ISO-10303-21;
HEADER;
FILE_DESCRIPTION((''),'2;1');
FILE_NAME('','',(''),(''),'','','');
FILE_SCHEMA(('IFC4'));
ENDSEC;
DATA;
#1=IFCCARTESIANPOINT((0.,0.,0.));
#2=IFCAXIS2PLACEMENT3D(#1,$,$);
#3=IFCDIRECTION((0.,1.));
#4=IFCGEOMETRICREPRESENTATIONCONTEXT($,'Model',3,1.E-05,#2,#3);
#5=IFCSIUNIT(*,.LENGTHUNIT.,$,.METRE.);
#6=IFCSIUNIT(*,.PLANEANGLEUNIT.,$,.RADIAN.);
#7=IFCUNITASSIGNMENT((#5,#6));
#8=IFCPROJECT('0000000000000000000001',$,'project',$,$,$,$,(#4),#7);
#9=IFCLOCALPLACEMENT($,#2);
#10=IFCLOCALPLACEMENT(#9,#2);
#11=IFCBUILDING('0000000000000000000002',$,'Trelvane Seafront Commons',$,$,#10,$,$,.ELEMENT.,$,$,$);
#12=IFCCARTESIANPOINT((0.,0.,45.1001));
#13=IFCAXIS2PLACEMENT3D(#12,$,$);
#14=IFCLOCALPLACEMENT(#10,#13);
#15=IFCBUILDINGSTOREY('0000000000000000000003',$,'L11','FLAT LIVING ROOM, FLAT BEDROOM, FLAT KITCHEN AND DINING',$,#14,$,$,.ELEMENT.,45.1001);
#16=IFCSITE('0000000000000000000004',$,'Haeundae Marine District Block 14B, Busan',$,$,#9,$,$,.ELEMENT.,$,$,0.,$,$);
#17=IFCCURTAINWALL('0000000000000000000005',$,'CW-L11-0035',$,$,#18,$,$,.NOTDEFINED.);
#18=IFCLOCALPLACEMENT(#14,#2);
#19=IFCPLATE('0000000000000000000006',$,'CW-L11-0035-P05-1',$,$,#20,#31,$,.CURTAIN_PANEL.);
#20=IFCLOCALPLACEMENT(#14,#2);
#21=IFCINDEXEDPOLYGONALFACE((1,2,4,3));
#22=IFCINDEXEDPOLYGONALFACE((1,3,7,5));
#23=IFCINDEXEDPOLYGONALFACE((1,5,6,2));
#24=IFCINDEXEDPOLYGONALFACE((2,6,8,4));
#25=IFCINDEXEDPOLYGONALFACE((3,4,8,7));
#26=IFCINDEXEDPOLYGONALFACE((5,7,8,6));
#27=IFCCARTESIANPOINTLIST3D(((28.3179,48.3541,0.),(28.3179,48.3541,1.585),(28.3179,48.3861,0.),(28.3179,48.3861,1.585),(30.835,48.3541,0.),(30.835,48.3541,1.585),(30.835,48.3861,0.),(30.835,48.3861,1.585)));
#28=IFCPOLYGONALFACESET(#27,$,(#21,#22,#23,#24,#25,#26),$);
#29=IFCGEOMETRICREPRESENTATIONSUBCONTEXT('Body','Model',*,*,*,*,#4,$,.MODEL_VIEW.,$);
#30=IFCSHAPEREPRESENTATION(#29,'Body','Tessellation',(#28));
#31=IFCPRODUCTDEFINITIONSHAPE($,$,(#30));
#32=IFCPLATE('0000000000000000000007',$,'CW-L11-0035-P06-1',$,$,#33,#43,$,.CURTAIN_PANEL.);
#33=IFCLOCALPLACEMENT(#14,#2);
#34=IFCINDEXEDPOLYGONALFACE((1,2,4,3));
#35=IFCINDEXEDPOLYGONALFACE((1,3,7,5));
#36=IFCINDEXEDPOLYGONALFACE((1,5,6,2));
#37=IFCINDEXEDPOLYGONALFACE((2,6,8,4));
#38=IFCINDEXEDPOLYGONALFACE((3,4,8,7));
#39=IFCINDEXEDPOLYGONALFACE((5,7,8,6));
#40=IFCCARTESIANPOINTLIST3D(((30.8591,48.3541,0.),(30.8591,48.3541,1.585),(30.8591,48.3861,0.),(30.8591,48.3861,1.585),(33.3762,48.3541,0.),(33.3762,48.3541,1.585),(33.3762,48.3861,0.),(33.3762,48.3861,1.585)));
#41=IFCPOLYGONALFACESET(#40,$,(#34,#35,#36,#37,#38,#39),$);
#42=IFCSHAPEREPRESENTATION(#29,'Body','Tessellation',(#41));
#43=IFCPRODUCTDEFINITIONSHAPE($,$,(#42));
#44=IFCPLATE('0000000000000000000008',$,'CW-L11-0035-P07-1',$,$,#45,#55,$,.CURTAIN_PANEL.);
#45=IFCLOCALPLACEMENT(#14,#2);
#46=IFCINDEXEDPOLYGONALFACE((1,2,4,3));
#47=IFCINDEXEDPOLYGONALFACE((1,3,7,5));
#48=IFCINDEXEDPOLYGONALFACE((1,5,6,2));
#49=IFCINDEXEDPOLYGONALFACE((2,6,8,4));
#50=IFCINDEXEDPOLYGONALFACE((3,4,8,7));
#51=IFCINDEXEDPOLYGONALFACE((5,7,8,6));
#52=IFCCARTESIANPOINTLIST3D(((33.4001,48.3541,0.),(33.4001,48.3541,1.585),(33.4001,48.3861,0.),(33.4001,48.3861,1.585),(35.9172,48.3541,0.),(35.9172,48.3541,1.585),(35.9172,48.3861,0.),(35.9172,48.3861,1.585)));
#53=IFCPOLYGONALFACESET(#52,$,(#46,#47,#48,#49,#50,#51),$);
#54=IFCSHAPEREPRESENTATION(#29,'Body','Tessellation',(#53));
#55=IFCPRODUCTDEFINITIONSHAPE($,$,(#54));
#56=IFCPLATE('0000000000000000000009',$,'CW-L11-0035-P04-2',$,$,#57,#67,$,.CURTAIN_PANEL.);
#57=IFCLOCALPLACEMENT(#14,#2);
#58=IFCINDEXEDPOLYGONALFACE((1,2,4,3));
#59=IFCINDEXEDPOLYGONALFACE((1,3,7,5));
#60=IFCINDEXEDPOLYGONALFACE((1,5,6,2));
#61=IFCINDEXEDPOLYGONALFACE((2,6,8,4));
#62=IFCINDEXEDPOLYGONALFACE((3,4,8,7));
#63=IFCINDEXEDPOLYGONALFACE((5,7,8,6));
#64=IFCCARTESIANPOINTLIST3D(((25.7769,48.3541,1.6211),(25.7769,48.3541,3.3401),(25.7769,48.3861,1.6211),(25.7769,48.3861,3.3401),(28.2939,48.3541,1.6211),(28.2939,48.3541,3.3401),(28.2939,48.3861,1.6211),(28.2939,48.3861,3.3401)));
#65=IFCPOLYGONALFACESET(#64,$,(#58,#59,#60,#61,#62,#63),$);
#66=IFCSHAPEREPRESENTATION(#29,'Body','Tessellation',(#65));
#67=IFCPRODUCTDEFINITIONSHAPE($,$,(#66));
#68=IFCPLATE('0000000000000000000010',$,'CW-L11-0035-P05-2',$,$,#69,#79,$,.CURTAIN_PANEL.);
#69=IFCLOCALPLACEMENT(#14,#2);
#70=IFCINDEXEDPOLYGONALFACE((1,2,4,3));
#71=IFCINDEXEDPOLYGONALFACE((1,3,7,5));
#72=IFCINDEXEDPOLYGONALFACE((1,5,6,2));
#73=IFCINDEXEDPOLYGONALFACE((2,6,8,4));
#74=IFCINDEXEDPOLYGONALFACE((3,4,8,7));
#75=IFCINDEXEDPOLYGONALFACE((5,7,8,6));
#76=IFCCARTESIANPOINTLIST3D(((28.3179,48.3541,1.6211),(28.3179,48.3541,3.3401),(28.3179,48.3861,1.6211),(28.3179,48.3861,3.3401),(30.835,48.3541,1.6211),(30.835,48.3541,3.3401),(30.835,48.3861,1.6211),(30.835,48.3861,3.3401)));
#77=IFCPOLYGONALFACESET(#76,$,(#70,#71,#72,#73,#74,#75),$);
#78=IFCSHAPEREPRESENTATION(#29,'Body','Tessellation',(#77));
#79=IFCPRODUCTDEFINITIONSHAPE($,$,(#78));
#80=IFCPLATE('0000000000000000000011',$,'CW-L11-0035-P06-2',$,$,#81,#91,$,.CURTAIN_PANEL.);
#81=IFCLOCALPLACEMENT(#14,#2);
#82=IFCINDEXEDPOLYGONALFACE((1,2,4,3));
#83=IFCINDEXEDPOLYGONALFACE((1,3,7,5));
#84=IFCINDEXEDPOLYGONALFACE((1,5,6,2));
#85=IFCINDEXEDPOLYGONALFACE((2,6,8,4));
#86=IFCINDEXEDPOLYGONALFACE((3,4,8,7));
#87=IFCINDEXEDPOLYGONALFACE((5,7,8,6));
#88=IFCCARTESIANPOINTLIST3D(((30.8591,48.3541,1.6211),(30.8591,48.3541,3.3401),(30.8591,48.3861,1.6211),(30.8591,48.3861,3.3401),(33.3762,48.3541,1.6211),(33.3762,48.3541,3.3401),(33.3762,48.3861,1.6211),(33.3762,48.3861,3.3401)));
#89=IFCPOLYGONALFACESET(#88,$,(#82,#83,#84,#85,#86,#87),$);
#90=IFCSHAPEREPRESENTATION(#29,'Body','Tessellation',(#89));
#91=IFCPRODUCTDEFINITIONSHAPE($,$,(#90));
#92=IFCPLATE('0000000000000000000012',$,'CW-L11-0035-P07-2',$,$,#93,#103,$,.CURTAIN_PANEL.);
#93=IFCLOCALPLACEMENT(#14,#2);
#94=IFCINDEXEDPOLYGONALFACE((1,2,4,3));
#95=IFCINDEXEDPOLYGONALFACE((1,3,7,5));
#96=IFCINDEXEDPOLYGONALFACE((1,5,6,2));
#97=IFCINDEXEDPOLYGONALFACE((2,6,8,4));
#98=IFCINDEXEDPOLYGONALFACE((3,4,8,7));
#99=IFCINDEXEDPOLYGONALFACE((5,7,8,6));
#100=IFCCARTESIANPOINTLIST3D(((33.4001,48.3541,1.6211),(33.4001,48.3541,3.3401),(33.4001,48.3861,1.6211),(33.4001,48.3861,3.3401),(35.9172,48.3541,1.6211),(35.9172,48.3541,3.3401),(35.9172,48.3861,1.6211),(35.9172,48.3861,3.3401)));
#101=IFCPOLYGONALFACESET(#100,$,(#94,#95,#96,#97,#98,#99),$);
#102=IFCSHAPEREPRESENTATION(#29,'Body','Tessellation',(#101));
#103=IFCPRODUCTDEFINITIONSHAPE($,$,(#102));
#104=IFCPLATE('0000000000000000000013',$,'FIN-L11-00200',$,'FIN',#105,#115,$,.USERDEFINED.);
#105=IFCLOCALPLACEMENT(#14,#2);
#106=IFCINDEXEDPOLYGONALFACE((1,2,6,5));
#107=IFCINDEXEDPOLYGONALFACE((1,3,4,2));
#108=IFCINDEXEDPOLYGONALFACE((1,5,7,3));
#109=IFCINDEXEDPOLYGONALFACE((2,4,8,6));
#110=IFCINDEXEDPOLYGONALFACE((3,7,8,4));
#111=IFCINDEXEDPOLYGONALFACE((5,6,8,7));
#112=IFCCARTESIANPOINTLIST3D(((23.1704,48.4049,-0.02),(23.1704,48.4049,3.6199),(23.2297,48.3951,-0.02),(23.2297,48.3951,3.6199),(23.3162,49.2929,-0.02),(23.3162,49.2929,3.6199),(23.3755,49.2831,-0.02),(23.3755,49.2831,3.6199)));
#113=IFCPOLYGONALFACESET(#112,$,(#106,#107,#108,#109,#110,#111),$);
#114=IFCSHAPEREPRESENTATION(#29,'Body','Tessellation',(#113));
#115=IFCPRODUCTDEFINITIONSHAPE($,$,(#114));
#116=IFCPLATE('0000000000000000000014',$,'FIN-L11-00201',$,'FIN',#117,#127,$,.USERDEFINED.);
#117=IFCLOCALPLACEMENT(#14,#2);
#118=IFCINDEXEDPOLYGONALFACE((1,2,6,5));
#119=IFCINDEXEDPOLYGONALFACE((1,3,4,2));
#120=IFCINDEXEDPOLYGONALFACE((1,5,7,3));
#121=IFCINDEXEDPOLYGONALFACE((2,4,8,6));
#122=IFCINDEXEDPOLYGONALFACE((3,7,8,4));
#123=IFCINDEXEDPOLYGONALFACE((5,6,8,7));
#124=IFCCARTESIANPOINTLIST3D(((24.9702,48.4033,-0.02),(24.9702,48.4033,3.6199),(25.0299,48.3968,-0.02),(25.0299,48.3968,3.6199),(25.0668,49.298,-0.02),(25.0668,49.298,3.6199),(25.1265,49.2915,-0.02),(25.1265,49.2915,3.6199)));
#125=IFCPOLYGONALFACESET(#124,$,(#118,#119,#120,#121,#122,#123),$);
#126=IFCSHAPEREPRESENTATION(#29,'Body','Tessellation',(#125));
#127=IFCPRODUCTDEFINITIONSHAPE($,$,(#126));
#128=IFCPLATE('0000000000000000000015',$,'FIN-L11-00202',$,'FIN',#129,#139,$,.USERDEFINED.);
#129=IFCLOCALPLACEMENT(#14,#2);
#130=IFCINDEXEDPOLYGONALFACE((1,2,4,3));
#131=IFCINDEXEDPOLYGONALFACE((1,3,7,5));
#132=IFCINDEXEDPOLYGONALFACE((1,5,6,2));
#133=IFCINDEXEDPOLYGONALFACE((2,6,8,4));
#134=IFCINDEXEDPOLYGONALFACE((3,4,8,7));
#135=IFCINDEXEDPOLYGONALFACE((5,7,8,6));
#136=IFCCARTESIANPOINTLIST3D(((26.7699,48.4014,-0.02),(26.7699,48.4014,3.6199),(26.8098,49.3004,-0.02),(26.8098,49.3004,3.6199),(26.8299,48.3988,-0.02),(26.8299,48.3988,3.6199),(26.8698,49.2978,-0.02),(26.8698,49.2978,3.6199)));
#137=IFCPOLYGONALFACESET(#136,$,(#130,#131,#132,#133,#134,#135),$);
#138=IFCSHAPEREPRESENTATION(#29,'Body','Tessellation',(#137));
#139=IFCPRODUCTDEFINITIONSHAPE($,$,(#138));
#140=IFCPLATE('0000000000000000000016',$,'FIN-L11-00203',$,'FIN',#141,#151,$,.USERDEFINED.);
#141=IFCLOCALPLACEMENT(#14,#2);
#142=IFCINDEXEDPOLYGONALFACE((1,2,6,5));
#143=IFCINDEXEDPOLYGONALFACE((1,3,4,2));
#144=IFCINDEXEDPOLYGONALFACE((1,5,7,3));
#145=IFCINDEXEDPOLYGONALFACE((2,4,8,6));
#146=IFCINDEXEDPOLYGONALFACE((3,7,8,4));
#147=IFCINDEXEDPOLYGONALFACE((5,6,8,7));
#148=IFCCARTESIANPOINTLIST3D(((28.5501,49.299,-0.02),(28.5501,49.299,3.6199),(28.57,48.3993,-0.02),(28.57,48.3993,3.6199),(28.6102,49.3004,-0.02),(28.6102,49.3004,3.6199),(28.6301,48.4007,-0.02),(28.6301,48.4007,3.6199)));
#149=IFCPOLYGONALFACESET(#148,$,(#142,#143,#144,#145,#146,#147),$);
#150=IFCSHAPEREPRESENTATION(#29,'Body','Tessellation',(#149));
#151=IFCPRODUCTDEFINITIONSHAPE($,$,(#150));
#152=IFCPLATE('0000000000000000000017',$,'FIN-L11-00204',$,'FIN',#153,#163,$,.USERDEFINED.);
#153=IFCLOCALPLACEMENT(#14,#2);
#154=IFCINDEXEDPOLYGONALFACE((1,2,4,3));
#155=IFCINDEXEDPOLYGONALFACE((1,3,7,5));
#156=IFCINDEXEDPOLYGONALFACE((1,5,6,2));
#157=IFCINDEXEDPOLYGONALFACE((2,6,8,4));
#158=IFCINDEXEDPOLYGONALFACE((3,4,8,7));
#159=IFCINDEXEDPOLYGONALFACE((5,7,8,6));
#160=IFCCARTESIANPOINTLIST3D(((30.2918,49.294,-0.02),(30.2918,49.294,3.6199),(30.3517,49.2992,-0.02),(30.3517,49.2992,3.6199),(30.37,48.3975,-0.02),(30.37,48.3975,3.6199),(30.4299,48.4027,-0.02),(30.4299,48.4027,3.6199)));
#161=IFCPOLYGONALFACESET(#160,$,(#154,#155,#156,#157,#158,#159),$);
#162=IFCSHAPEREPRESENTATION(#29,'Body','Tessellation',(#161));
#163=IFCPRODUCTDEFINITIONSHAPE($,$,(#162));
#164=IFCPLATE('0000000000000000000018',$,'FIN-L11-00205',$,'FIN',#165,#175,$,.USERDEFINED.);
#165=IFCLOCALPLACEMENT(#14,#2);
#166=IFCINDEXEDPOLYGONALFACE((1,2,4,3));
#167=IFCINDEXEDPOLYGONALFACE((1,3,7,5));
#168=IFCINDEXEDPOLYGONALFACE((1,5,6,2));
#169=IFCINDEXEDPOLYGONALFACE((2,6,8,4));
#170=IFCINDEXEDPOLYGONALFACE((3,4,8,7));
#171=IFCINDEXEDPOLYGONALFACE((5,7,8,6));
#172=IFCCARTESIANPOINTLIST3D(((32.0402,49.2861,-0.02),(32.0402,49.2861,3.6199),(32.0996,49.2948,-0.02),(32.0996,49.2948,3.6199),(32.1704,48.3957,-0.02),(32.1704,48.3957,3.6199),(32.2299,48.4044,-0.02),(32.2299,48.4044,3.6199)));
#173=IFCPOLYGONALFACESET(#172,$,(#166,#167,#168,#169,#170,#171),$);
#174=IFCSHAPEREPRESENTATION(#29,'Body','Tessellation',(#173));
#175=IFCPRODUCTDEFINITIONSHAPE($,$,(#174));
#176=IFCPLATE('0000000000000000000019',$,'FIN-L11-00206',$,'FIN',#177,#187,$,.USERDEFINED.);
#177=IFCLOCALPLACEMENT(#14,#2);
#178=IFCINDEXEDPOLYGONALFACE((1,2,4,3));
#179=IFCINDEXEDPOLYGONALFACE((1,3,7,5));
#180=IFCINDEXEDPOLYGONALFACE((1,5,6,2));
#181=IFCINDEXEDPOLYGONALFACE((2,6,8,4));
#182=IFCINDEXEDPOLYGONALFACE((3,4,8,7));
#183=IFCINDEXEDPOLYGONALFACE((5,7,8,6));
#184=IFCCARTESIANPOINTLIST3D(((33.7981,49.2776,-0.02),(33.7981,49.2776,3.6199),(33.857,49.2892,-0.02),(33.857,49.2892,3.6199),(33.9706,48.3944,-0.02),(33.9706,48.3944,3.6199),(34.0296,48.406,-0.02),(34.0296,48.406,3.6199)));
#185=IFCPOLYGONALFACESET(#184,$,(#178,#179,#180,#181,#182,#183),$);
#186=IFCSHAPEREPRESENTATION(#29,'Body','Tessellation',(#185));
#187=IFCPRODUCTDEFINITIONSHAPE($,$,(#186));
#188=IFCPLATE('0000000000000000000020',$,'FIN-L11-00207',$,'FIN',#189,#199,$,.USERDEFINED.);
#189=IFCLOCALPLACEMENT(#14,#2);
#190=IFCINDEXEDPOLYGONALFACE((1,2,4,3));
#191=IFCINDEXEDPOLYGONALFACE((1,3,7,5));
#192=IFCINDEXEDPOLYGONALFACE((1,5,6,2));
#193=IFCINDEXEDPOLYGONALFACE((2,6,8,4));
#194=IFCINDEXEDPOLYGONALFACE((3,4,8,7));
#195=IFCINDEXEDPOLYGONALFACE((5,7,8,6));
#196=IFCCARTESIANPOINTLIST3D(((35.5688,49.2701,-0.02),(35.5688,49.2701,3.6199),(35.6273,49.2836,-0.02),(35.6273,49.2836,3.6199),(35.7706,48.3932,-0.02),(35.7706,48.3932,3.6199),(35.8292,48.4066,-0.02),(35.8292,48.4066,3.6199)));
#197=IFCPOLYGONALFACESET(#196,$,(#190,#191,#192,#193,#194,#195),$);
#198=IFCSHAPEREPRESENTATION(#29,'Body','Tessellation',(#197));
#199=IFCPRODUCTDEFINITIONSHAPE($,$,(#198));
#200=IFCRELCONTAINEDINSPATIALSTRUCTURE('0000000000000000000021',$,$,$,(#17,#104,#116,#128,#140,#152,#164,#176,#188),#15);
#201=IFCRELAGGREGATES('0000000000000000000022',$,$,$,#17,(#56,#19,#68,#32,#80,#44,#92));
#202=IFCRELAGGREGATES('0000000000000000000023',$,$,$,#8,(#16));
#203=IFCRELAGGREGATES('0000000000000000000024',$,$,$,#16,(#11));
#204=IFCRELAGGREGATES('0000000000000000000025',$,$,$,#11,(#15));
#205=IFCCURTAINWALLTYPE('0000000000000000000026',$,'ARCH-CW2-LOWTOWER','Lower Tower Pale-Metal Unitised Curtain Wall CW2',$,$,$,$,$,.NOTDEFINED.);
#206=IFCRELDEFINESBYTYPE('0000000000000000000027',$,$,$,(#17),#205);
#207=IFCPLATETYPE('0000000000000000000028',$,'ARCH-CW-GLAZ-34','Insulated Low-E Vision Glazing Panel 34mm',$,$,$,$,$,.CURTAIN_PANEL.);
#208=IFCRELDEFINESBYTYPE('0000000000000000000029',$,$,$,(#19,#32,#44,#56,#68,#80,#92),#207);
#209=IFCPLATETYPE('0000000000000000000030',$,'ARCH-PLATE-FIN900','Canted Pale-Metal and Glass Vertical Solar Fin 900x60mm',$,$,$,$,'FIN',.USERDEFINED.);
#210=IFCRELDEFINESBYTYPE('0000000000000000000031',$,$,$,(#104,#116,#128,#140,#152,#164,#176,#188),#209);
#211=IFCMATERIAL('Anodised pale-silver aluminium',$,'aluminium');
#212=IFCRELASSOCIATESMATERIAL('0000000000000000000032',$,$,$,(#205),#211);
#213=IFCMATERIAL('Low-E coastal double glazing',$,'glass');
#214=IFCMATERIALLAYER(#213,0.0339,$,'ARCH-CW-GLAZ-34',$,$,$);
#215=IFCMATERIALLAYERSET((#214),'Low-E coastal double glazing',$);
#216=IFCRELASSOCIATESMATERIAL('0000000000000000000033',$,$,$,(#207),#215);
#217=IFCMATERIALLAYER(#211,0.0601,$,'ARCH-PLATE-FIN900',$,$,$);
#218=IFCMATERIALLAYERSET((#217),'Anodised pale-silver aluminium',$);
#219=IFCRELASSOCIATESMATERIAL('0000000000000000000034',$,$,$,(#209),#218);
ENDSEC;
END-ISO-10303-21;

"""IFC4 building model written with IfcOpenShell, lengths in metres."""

from ifc_helpers import new_model, si_unit, direction, frame, origin, origin_2d, place, context, subcontext, project, spatial, rectangle, extrude, source, transform, mapped, material, layer, layer_set, type_object, element, aggregate, save


model = new_model("IFC4")

# Units and contexts
model_context = context("Model", 3, precision=1e-05, world=origin(), true_north=direction((0.0, 1.0)))
body_context = subcontext(model_context, "Body", "Model", "MODEL_VIEW")
ifc_project = project(units=[si_unit("LENGTHUNIT", "METRE"), si_unit("PLANEANGLEUNIT", "RADIAN")], contexts=[model_context])

# Site, building, storey
site_placement = place(None, origin())
site = spatial("IfcSite", under=ifc_project, at=site_placement, Name="Haeundae Marine District Block 14B, Busan", CompositionType="ELEMENT", RefElevation=0.0)
building_placement = place(site_placement, origin())
building = spatial("IfcBuilding", under=site, at=building_placement, Name="Trelvane Seafront Commons", CompositionType="ELEMENT")
storey_placement = place(building_placement, frame((0.0, 0.0, 45.1001)))
storey = spatial("IfcBuildingStorey", under=building, at=storey_placement, Name="L11", Description="FLAT LIVING ROOM, FLAT BEDROOM, FLAT KITCHEN AND DINING", CompositionType="ELEMENT", Elevation=45.1001)

# Curtain wall, plates
ifc_material_1 = material(Name="Anodised pale-silver aluminium", Category="aluminium")
curtain_wall_type = type_object("IfcCurtainWallType", Name="ARCH-CW2-LOWTOWER", Description="Lower Tower Pale-Metal Unitised Curtain Wall CW2", PredefinedType="NOTDEFINED", material=ifc_material_1)
curtain_wall_placement = place(storey_placement, origin())
curtain_wall = element("IfcCurtainWall", 1, at=curtain_wall_placement, inside=storey, type_object=curtain_wall_type, Name="CW-L11-0035", PredefinedType="NOTDEFINED")
ifc_material_2 = material(Name="Low-E coastal double glazing", Category="glass")
ifc_layer_1 = layer(ifc_material_2, 0.0339, Name="ARCH-CW-GLAZ-34")
ifc_layer_set_1 = layer_set([ifc_layer_1], Name="Low-E coastal double glazing")
plate_type_1 = type_object("IfcPlateType", Name="ARCH-CW-GLAZ-34", Description="Insulated Low-E Vision Glazing Panel 34mm", PredefinedType="CURTAIN_PANEL", material=ifc_layer_set_1)
shared_shape_1 = source(origin(), body_context, "Body", "SweptSolid", [
    extrude(rectangle(XDim=2.5171, YDim=0.032, at=origin_2d()), origin(), (0.0, 0.0, 1.0), 1.585),
])
plate_1_placement = place(storey_placement, frame((29.5764, 48.3701, 0.0), z_axis=(0.0, 0.0, 1.0), x_axis=(1.0, 0.0, 0.0)))
plate_1 = element("IfcPlate", 2, at=plate_1_placement, type_object=plate_type_1, Name="CW-L11-0035-P05-1", PredefinedType="CURTAIN_PANEL", context=body_context, shape_type="MappedRepresentation", body=[
    mapped(shared_shape_1, transform((0.0, 0.0, 0.0), x_axis=(1.0, 0.0, 0.0), y_axis=(0.0, 1.0, 0.0), z_axis=(0.0, 0.0, 1.0), scale=1.0)),
])
plate_2_placement = place(storey_placement, frame((32.1177, 48.3701, 0.0), z_axis=(0.0, 0.0, 1.0), x_axis=(1.0, 0.0, 0.0)))
plate_2 = element("IfcPlate", 3, at=plate_2_placement, type_object=plate_type_1, Name="CW-L11-0035-P06-1", PredefinedType="CURTAIN_PANEL", context=body_context, shape_type="MappedRepresentation", body=[
    mapped(shared_shape_1, transform((0.0, 0.0, 0.0), x_axis=(1.0, 0.0, 0.0), y_axis=(0.0, 1.0, 0.0), z_axis=(0.0, 0.0, 1.0), scale=1.0)),
])
plate_3_placement = place(storey_placement, frame((34.6587, 48.3701, 0.0), z_axis=(0.0, 0.0, 1.0), x_axis=(1.0, 0.0, 0.0)))
plate_3 = element("IfcPlate", 4, at=plate_3_placement, type_object=plate_type_1, Name="CW-L11-0035-P07-1", PredefinedType="CURTAIN_PANEL", context=body_context, shape_type="MappedRepresentation", body=[
    mapped(shared_shape_1, transform((0.0, 0.0, 0.0), x_axis=(1.0, 0.0, 0.0), y_axis=(0.0, 1.0, 0.0), z_axis=(0.0, 0.0, 1.0), scale=1.0)),
])
shared_shape_2 = source(origin(), body_context, "Body", "SweptSolid", [
    extrude(rectangle(XDim=2.5171, YDim=0.032, at=origin_2d()), origin(), (0.0, 0.0, 1.0), 1.719),
])
plate_4_placement = place(storey_placement, frame((27.0354, 48.3701, 1.6211), z_axis=(0.0, 0.0, 1.0), x_axis=(1.0, 0.0, 0.0)))
plate_4 = element("IfcPlate", 5, at=plate_4_placement, type_object=plate_type_1, Name="CW-L11-0035-P04-2", PredefinedType="CURTAIN_PANEL", context=body_context, shape_type="MappedRepresentation", body=[
    mapped(shared_shape_2, transform((0.0, 0.0, 0.0), x_axis=(1.0, 0.0, 0.0), y_axis=(0.0, 1.0, 0.0), z_axis=(0.0, 0.0, 1.0), scale=1.0)),
])
plate_5_placement = place(storey_placement, frame((29.5764, 48.3701, 1.6211), z_axis=(0.0, 0.0, 1.0), x_axis=(1.0, 0.0, 0.0)))
plate_5 = element("IfcPlate", 6, at=plate_5_placement, type_object=plate_type_1, Name="CW-L11-0035-P05-2", PredefinedType="CURTAIN_PANEL", context=body_context, shape_type="MappedRepresentation", body=[
    mapped(shared_shape_2, transform((0.0, 0.0, 0.0), x_axis=(1.0, 0.0, 0.0), y_axis=(0.0, 1.0, 0.0), z_axis=(0.0, 0.0, 1.0), scale=1.0)),
])
plate_6_placement = place(storey_placement, frame((32.1177, 48.3701, 1.6211), z_axis=(0.0, 0.0, 1.0), x_axis=(1.0, 0.0, 0.0)))
plate_6 = element("IfcPlate", 7, at=plate_6_placement, type_object=plate_type_1, Name="CW-L11-0035-P06-2", PredefinedType="CURTAIN_PANEL", context=body_context, shape_type="MappedRepresentation", body=[
    mapped(shared_shape_2, transform((0.0, 0.0, 0.0), x_axis=(1.0, 0.0, 0.0), y_axis=(0.0, 1.0, 0.0), z_axis=(0.0, 0.0, 1.0), scale=1.0)),
])
plate_7_placement = place(storey_placement, frame((34.6587, 48.3701, 1.6211), z_axis=(0.0, 0.0, 1.0), x_axis=(1.0, 0.0, 0.0)))
plate_7 = element("IfcPlate", 8, at=plate_7_placement, type_object=plate_type_1, Name="CW-L11-0035-P07-2", PredefinedType="CURTAIN_PANEL", context=body_context, shape_type="MappedRepresentation", body=[
    mapped(shared_shape_2, transform((0.0, 0.0, 0.0), x_axis=(1.0, 0.0, 0.0), y_axis=(0.0, 1.0, 0.0), z_axis=(0.0, 0.0, 1.0), scale=1.0)),
])
aggregate(curtain_wall, [plate_4, plate_1, plate_5, plate_2, plate_6, plate_3, plate_7])

# Plates
ifc_layer_2 = layer(ifc_material_1, 0.0601, Name="ARCH-PLATE-FIN900")
ifc_layer_set_2 = layer_set([ifc_layer_2], Name="Anodised pale-silver aluminium")
plate_type_2 = type_object("IfcPlateType", Name="ARCH-PLATE-FIN900", Description="Canted Pale-Metal and Glass Vertical Solar Fin 900x60mm", ElementType="FIN", PredefinedType="USERDEFINED", material=ifc_layer_set_2)
shared_shape_3 = source(origin(), body_context, "Body", "SweptSolid", [
    extrude(rectangle(XDim=0.8999, YDim=0.0601, at=origin_2d()), origin(), (0.0, 0.0, 1.0), 3.6399),
])
for number, where, z_axis, x_axis, name in (
    (9, (23.2729, 48.844, -0.02), (0.0, 0.0, 1.0), (0.162002, 0.98679, 0.0), "FIN-L11-00200"),
    (10, (25.0483, 48.8474, -0.02), (0.0, 0.0, 1.0), (0.107333, 0.994223, 0.0), "FIN-L11-00201"),
    (11, (26.8198, 48.8496, -0.02), (0.0, 0.0, 1.0), (0.044334, 0.999017, 0.0), "FIN-L11-00202"),
    (12, (28.5901, 48.8499, -0.02), (0.0, 0.0, 1.0), (-0.02211, 0.999756, 0.0), "FIN-L11-00203"),
    (13, (30.3608, 48.8484, -0.02), (0.0, 0.0, 1.0), (-0.086888, 0.996218, 0.0), "FIN-L11-00204"),
    (14, (32.135, 48.8452, -0.02), (0.0, 0.0, 1.0), (-0.144781, 0.989464, 0.0), "FIN-L11-00205"),
    (15, (33.9138, 48.8418, -0.02), (0.0, 0.0, 1.0), (-0.191777, 0.981439, 0.0), "FIN-L11-00206"),
    (16, (35.699, 48.8384, -0.02), (0.0, 0.0, 1.0), (-0.224323, 0.974515, 0.0), "FIN-L11-00207"),
):
    element("IfcPlate", number, at=place(storey_placement, frame(where, z_axis=z_axis, x_axis=x_axis)), inside=storey, type_object=plate_type_2, Name=name, ObjectType="FIN", PredefinedType="USERDEFINED", context=body_context, shape_type="MappedRepresentation", body=[
        mapped(shared_shape_3, transform((0.0, 0.0, 0.0), x_axis=(1.0, 0.0, 0.0), y_axis=(0.0, 1.0, 0.0), z_axis=(0.0, 0.0, 1.0), scale=1.0)),
    ])

save(model, "model.ifc")
